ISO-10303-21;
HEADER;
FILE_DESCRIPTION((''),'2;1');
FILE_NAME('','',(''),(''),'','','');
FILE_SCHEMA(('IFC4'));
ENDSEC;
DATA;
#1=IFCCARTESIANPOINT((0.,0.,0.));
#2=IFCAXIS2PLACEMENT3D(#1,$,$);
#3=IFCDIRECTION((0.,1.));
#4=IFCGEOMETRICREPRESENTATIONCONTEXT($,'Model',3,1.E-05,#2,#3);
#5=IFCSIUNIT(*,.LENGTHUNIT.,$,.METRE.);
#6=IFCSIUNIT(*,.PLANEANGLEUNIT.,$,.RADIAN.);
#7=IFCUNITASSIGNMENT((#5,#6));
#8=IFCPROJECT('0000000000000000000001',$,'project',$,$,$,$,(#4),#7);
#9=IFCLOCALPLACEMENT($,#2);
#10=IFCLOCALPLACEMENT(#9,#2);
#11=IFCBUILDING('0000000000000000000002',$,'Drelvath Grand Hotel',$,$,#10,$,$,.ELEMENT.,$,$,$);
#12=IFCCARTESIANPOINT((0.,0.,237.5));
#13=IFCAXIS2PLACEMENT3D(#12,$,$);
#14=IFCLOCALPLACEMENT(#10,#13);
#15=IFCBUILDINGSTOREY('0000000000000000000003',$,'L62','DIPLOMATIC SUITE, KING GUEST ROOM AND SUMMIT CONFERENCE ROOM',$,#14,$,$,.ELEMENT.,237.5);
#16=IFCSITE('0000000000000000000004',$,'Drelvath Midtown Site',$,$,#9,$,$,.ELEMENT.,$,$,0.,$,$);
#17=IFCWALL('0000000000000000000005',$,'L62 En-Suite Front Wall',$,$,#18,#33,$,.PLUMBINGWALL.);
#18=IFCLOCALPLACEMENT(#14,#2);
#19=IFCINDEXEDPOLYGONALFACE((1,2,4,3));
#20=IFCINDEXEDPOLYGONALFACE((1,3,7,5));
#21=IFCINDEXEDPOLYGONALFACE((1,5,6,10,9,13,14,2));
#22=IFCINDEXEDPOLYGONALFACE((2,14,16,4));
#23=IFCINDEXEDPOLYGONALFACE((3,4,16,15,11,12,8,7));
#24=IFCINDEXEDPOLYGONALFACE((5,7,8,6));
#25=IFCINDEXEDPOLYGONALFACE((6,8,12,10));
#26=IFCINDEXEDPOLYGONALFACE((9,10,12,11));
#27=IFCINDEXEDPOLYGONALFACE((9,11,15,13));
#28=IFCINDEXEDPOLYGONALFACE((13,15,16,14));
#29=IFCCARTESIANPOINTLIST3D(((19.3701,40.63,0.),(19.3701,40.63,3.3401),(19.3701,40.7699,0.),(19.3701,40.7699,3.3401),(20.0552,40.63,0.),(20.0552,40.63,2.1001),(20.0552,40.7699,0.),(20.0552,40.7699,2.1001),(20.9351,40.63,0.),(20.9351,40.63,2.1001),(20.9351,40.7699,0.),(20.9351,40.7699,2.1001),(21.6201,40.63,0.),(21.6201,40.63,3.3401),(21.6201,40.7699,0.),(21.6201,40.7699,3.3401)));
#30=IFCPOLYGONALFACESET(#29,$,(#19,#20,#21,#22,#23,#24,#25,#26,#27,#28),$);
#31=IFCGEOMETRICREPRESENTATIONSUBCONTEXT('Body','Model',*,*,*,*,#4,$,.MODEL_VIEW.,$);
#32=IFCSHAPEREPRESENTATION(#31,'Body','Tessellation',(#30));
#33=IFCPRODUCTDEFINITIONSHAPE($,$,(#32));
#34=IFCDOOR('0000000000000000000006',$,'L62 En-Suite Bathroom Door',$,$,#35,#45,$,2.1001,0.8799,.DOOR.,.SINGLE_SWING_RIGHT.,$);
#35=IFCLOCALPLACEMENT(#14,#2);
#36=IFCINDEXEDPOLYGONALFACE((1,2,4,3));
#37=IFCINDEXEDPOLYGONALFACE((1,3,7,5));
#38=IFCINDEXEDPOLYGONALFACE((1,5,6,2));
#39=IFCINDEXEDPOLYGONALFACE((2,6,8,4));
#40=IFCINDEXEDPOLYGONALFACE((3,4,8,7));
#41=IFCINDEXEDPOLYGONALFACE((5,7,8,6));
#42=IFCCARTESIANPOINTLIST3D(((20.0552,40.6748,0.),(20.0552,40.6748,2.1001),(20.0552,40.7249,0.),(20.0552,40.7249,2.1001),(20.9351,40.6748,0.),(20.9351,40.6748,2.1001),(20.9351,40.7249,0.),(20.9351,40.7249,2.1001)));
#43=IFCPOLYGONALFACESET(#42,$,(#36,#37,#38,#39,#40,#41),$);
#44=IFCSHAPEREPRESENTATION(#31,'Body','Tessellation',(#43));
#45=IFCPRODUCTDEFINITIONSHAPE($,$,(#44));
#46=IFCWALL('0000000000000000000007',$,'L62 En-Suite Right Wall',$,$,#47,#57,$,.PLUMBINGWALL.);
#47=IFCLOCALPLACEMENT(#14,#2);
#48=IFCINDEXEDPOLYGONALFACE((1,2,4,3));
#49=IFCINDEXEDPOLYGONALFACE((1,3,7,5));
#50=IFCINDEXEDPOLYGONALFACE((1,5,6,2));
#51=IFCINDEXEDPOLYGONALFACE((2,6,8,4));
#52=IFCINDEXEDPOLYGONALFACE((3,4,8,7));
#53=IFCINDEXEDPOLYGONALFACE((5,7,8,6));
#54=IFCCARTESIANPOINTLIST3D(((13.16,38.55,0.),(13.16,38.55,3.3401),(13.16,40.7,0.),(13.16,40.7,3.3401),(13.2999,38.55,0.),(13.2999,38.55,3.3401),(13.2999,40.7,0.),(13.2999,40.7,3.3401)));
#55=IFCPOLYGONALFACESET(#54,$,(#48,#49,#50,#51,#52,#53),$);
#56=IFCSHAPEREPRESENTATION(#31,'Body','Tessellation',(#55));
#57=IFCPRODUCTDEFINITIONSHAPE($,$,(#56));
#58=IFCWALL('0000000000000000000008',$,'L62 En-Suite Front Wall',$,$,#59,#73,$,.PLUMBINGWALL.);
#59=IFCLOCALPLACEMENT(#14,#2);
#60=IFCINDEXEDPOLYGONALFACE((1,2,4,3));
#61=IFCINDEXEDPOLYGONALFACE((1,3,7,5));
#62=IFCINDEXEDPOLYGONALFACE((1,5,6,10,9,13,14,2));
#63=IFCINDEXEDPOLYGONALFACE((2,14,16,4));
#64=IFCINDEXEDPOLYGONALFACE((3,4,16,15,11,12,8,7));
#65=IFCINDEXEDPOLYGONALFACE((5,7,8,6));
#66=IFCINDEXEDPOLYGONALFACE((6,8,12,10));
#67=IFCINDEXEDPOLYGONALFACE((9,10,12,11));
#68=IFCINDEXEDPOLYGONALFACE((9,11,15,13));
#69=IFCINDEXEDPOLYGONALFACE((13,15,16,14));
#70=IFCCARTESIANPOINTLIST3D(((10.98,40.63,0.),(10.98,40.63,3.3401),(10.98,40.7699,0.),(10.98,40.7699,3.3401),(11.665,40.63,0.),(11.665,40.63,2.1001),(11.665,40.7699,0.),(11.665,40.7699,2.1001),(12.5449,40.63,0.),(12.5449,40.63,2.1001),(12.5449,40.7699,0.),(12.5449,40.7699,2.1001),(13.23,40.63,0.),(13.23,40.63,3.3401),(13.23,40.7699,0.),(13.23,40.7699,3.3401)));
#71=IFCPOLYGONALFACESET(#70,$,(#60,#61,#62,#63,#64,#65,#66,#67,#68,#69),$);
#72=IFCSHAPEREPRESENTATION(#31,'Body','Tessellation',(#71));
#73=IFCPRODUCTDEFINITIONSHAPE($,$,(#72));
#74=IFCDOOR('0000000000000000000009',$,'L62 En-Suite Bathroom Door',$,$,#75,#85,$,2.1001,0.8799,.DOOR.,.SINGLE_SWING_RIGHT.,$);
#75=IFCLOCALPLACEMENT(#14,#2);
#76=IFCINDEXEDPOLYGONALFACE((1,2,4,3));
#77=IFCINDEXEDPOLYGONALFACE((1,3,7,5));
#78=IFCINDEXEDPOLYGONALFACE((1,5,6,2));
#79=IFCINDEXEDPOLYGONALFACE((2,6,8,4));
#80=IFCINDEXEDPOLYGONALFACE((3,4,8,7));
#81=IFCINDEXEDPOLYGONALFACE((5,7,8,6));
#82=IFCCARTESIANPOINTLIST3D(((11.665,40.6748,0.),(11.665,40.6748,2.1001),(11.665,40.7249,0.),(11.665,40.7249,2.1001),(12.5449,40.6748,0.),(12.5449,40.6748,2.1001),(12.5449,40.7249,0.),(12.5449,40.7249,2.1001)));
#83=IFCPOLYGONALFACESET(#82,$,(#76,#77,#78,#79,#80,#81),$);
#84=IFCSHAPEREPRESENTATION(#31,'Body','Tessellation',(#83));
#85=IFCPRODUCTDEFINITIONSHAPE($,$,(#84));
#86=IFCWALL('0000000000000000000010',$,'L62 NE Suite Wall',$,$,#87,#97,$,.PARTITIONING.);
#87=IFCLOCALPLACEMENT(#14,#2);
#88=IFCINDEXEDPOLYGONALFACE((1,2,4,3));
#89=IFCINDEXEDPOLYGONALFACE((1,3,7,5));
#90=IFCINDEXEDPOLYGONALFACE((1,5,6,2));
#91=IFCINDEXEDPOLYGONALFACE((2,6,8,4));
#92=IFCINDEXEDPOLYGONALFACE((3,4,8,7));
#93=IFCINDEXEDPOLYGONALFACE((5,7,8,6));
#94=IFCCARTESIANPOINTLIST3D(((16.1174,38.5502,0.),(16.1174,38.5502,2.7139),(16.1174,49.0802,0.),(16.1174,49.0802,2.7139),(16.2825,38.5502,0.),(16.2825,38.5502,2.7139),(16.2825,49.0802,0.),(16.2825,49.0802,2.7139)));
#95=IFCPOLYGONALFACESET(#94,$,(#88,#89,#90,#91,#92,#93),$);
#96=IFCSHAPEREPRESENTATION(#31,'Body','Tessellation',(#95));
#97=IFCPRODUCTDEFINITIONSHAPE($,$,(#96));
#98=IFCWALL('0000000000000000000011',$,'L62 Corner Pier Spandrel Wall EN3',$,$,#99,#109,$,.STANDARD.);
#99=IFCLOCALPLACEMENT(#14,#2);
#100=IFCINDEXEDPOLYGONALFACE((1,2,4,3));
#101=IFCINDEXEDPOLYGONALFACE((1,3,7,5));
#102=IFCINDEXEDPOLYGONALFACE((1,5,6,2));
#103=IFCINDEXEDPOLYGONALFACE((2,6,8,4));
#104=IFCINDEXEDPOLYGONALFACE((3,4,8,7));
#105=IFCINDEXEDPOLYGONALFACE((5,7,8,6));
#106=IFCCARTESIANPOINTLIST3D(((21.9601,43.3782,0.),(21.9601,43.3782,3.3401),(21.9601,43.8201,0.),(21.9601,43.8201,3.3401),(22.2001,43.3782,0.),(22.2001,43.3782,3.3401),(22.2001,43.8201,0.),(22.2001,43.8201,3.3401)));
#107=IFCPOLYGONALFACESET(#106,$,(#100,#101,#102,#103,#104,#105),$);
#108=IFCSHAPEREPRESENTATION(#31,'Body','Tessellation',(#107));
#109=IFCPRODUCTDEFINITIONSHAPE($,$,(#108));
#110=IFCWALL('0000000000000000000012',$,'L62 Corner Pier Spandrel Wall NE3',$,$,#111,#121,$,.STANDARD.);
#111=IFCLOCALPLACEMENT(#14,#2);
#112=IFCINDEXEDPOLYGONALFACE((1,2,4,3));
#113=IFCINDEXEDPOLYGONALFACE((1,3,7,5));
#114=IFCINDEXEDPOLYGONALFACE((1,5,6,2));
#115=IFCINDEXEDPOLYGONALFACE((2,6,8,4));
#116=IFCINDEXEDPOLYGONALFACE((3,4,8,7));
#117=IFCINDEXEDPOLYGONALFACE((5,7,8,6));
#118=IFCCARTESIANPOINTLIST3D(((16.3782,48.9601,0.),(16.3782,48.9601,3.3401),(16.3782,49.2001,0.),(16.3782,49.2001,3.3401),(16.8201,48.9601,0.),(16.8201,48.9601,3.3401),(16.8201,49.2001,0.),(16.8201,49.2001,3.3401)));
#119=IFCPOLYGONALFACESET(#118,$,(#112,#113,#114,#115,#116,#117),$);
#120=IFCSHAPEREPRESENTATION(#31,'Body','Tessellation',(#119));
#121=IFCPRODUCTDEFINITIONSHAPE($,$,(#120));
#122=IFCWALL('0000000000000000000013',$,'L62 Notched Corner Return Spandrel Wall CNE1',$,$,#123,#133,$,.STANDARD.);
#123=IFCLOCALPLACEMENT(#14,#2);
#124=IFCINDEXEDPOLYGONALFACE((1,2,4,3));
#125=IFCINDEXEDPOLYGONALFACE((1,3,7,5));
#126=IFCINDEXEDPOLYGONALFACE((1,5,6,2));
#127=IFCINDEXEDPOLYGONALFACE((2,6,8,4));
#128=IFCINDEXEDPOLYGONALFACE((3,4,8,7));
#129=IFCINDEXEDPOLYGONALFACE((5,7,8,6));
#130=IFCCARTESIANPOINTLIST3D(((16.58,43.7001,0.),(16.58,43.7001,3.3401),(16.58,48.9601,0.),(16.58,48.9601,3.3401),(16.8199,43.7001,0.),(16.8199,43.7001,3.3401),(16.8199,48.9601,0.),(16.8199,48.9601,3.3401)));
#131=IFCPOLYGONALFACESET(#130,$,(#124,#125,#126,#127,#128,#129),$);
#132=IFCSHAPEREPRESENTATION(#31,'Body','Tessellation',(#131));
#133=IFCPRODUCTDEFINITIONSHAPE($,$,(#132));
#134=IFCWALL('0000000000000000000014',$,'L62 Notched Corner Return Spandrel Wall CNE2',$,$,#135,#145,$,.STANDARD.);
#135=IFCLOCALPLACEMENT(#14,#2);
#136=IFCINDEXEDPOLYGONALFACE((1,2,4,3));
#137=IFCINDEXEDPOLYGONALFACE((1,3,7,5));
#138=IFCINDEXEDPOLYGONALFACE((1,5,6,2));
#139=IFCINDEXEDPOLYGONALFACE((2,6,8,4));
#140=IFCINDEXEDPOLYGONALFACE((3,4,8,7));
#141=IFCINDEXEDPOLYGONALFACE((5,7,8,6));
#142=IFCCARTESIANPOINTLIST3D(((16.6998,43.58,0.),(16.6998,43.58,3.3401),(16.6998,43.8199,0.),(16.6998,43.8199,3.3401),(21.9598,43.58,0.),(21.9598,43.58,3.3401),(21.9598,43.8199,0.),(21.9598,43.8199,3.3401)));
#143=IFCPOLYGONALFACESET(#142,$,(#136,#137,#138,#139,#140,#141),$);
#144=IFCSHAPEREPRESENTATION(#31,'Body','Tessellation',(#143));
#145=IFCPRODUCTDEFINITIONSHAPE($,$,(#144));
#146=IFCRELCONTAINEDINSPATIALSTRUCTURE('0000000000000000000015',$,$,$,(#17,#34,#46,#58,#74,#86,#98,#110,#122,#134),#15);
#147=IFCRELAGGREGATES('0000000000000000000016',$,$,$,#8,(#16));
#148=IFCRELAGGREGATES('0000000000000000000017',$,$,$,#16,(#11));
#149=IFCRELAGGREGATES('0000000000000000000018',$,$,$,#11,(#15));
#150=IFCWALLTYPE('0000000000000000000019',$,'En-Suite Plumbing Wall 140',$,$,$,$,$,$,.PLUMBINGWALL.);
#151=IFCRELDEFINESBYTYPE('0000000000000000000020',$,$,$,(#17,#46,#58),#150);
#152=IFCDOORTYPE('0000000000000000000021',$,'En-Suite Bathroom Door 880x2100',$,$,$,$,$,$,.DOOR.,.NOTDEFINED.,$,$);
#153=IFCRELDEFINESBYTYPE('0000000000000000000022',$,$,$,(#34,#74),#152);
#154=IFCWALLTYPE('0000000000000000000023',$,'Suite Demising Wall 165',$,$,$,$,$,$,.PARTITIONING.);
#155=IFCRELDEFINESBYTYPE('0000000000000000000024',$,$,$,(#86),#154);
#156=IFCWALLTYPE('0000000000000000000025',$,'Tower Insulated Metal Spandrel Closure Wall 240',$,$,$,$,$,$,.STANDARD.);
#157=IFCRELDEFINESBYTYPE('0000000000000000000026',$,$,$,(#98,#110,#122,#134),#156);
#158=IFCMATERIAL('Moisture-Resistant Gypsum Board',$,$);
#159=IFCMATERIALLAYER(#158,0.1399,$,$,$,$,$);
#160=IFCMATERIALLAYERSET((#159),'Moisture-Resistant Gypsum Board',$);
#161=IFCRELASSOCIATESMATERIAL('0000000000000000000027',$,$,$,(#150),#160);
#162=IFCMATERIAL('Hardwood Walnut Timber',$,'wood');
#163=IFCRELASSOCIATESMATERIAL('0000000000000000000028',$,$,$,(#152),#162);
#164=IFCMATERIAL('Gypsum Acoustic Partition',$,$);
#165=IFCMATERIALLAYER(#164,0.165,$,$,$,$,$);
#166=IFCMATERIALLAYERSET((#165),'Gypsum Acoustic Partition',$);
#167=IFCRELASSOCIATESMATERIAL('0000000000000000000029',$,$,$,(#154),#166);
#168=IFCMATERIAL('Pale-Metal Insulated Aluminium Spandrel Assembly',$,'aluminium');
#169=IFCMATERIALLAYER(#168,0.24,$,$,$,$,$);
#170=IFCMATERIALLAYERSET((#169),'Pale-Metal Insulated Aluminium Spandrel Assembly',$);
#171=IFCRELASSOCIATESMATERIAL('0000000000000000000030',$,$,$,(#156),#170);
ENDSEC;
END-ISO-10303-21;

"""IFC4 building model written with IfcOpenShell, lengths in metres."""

from ifc_helpers import new_model, si_unit, direction, frame, frame_2d, origin, place, context, subcontext, project, spatial, rectangle, extrude, material, layer, layer_set, type_object, element, fill, save


model = new_model("IFC4")

# Units and contexts
model_context = context("Model", 3, precision=1e-05, world=origin(), true_north=direction((0.0, 1.0)))
body_context = subcontext(model_context, "Body", "Model", "MODEL_VIEW")
ifc_project = project(units=[si_unit("LENGTHUNIT", "METRE"), si_unit("PLANEANGLEUNIT", "RADIAN")], contexts=[model_context])

# Site, building, storey
site_placement = place(None, origin())
site = spatial("IfcSite", under=ifc_project, at=site_placement, Name="Drelvath Midtown Site", CompositionType="ELEMENT", RefElevation=0.0)
building_placement = place(site_placement, origin())
building = spatial("IfcBuilding", under=site, at=building_placement, Name="Drelvath Grand Hotel", CompositionType="ELEMENT")
storey_placement = place(building_placement, frame((0.0, 0.0, 237.5)))
storey = spatial("IfcBuildingStorey", under=building, at=storey_placement, Name="L62", Description="DIPLOMATIC SUITE, KING GUEST ROOM AND SUMMIT CONFERENCE ROOM", CompositionType="ELEMENT", Elevation=237.5)

# Shared definitions
ifc_material_1 = material(Name="Moisture-Resistant Gypsum Board")
ifc_layer_1 = layer(ifc_material_1, 0.1399)
ifc_layer_set_1 = layer_set([ifc_layer_1], Name="Moisture-Resistant Gypsum Board")
wall_type_1 = type_object("IfcWallType", Name="En-Suite Plumbing Wall 140", PredefinedType="PLUMBINGWALL", material=ifc_layer_set_1)

# Wall, opening, door
wall_1_placement = place(storey_placement, frame((19.3701, 40.7, 0.0), z_axis=(0.0, 0.0, 1.0), x_axis=(1.0, 0.0, 0.0)))
wall_1 = element("IfcWall", 1, at=wall_1_placement, inside=storey, type_object=wall_type_1, Name="L62 En-Suite Front Wall", PredefinedType="PLUMBINGWALL", context=body_context, shape_type="SweptSolid", body=[
    extrude(rectangle(XDim=2.25, YDim=0.1399, at=frame_2d((1.125, 0.0))), origin(), (0.0, 0.0, 1.0), 3.3401),
])
opening_1_placement = place(wall_1_placement, frame((0.6851, 0.0, 0.0)))
opening_1 = element("IfcOpeningElement", 2, at=opening_1_placement, cuts=wall_1, PredefinedType="OPENING", context=body_context, shape_type="SweptSolid", body=[
    extrude(rectangle(XDim=0.8799, YDim=2.1001, at=frame_2d((0.4399, 1.05))), frame((0.0, 0.0798, 0.0), z_axis=(0.0, -1.0, 0.0), x_axis=(1.0, 0.0, 0.0)), (0.0, 0.0, 1.0), 0.1599),
])
ifc_material_2 = material(Name="Hardwood Walnut Timber", Category="wood")
door_type = type_object("IfcDoorType", Name="En-Suite Bathroom Door 880x2100", OperationType="NOTDEFINED", PredefinedType="DOOR", material=ifc_material_2)
door_1_placement = place(opening_1_placement, origin())
door_1 = element("IfcDoor", 3, at=door_1_placement, inside=storey, type_object=door_type, Name="L62 En-Suite Bathroom Door", OperationType="SINGLE_SWING_RIGHT", OverallHeight=2.1001, OverallWidth=0.8799, PredefinedType="DOOR", context=body_context, shape_type="SweptSolid", body=[
    extrude(rectangle(XDim=0.8799, YDim=2.1001, at=frame_2d((0.4399, 1.05))), frame((0.0, 0.0249, 0.0), z_axis=(0.0, -1.0, 0.0), x_axis=(1.0, 0.0, 0.0)), (0.0, 0.0, 1.0), 0.05),
])
fill(opening_1, door_1)

# Wall
wall_2_placement = place(storey_placement, frame((13.23, 38.55, 0.0), z_axis=(0.0, 0.0, 1.0), x_axis=(0.0, 1.0, 0.0)))
element("IfcWall", 4, at=wall_2_placement, inside=storey, type_object=wall_type_1, Name="L62 En-Suite Right Wall", PredefinedType="PLUMBINGWALL", context=body_context, shape_type="SweptSolid", body=[
    extrude(rectangle(XDim=2.1499, YDim=0.1399, at=frame_2d((1.075, 0.0))), origin(), (0.0, 0.0, 1.0), 3.3401),
])

# Wall, opening, door
wall_3_placement = place(storey_placement, frame((10.98, 40.7, 0.0), z_axis=(0.0, 0.0, 1.0), x_axis=(1.0, 0.0, 0.0)))
wall_3 = element("IfcWall", 5, at=wall_3_placement, inside=storey, type_object=wall_type_1, Name="L62 En-Suite Front Wall", PredefinedType="PLUMBINGWALL", context=body_context, shape_type="SweptSolid", body=[
    extrude(rectangle(XDim=2.25, YDim=0.1399, at=frame_2d((1.125, 0.0))), origin(), (0.0, 0.0, 1.0), 3.3401),
])
opening_2_placement = place(wall_3_placement, frame((0.6851, 0.0, 0.0)))
opening_2 = element("IfcOpeningElement", 6, at=opening_2_placement, cuts=wall_3, PredefinedType="OPENING", context=body_context, shape_type="SweptSolid", body=[
    extrude(rectangle(XDim=0.8799, YDim=2.1001, at=frame_2d((0.4399, 1.05))), frame((0.0, 0.0798, 0.0), z_axis=(0.0, -1.0, 0.0), x_axis=(1.0, 0.0, 0.0)), (0.0, 0.0, 1.0), 0.1599),
])
door_2_placement = place(opening_2_placement, origin())
door_2 = element("IfcDoor", 7, at=door_2_placement, inside=storey, type_object=door_type, Name="L62 En-Suite Bathroom Door", OperationType="SINGLE_SWING_RIGHT", OverallHeight=2.1001, OverallWidth=0.8799, PredefinedType="DOOR", context=body_context, shape_type="SweptSolid", body=[
    extrude(rectangle(XDim=0.8799, YDim=2.1001, at=frame_2d((0.4399, 1.05))), frame((0.0, 0.0249, 0.0), z_axis=(0.0, -1.0, 0.0), x_axis=(1.0, 0.0, 0.0)), (0.0, 0.0, 1.0), 0.05),
])
fill(opening_2, door_2)

# Walls
ifc_material_3 = material(Name="Gypsum Acoustic Partition")
ifc_layer_2 = layer(ifc_material_3, 0.165)
ifc_layer_set_2 = layer_set([ifc_layer_2], Name="Gypsum Acoustic Partition")
wall_type_2 = type_object("IfcWallType", Name="Suite Demising Wall 165", PredefinedType="PARTITIONING", material=ifc_layer_set_2)
wall_4_placement = place(storey_placement, frame((16.2, 38.55, 0.0), z_axis=(0.0, 0.0, 1.0), x_axis=(0.0, 1.0, 0.0)))
element("IfcWall", 8, at=wall_4_placement, inside=storey, type_object=wall_type_2, Name="L62 NE Suite Wall", PredefinedType="PARTITIONING", context=body_context, shape_type="SweptSolid", body=[
    extrude(rectangle(XDim=10.53, YDim=0.165, at=frame_2d((5.2651, 0.0))), origin(), (0.0, 0.0, 1.0), 2.7139),
])
ifc_material_4 = material(Name="Pale-Metal Insulated Aluminium Spandrel Assembly", Category="aluminium")
ifc_layer_3 = layer(ifc_material_4, 0.24)
ifc_layer_set_3 = layer_set([ifc_layer_3], Name="Pale-Metal Insulated Aluminium Spandrel Assembly")
wall_type_3 = type_object("IfcWallType", Name="Tower Insulated Metal Spandrel Closure Wall 240", PredefinedType="STANDARD", material=ifc_layer_set_3)
for number, where, z_axis, x_axis, name in (
    (9, (22.0801, 43.8201, 0.0), (0.0, 0.0, 1.0), (0.0, -1.0, 0.0), "L62 Corner Pier Spandrel Wall EN3"),
    (10, (16.3782, 49.0801, 0.0), (0.0, 0.0, 1.0), (1.0, 0.0, 0.0), "L62 Corner Pier Spandrel Wall NE3"),
):
    element("IfcWall", number, at=place(storey_placement, frame(where, z_axis=z_axis, x_axis=x_axis)), inside=storey, type_object=wall_type_3, Name=name, PredefinedType="STANDARD", context=body_context, shape_type="SweptSolid", body=[
        extrude(rectangle(XDim=0.4419, YDim=0.24, at=frame_2d((0.2209, 0.0))), origin(), (0.0, 0.0, 1.0), 3.3401),
    ])
for number, where, z_axis, x_axis, name in (
    (11, (16.7, 48.96, 0.0), (0.0, 0.0, 1.0), (0.0, -1.0, 0.0), "L62 Notched Corner Return Spandrel Wall CNE1"),
    (12, (16.7, 43.7, 0.0), (0.0, 0.0, 1.0), (1.0, 0.0, 0.0), "L62 Notched Corner Return Spandrel Wall CNE2"),
):
    element("IfcWall", number, at=place(storey_placement, frame(where, z_axis=z_axis, x_axis=x_axis)), inside=storey, type_object=wall_type_3, Name=name, PredefinedType="STANDARD", context=body_context, shape_type="SweptSolid", body=[
        extrude(rectangle(XDim=5.26, YDim=0.24, at=frame_2d((2.6299, 0.0))), origin(), (0.0, 0.0, 1.0), 3.3401),
    ])

save(model, "model.ifc")
